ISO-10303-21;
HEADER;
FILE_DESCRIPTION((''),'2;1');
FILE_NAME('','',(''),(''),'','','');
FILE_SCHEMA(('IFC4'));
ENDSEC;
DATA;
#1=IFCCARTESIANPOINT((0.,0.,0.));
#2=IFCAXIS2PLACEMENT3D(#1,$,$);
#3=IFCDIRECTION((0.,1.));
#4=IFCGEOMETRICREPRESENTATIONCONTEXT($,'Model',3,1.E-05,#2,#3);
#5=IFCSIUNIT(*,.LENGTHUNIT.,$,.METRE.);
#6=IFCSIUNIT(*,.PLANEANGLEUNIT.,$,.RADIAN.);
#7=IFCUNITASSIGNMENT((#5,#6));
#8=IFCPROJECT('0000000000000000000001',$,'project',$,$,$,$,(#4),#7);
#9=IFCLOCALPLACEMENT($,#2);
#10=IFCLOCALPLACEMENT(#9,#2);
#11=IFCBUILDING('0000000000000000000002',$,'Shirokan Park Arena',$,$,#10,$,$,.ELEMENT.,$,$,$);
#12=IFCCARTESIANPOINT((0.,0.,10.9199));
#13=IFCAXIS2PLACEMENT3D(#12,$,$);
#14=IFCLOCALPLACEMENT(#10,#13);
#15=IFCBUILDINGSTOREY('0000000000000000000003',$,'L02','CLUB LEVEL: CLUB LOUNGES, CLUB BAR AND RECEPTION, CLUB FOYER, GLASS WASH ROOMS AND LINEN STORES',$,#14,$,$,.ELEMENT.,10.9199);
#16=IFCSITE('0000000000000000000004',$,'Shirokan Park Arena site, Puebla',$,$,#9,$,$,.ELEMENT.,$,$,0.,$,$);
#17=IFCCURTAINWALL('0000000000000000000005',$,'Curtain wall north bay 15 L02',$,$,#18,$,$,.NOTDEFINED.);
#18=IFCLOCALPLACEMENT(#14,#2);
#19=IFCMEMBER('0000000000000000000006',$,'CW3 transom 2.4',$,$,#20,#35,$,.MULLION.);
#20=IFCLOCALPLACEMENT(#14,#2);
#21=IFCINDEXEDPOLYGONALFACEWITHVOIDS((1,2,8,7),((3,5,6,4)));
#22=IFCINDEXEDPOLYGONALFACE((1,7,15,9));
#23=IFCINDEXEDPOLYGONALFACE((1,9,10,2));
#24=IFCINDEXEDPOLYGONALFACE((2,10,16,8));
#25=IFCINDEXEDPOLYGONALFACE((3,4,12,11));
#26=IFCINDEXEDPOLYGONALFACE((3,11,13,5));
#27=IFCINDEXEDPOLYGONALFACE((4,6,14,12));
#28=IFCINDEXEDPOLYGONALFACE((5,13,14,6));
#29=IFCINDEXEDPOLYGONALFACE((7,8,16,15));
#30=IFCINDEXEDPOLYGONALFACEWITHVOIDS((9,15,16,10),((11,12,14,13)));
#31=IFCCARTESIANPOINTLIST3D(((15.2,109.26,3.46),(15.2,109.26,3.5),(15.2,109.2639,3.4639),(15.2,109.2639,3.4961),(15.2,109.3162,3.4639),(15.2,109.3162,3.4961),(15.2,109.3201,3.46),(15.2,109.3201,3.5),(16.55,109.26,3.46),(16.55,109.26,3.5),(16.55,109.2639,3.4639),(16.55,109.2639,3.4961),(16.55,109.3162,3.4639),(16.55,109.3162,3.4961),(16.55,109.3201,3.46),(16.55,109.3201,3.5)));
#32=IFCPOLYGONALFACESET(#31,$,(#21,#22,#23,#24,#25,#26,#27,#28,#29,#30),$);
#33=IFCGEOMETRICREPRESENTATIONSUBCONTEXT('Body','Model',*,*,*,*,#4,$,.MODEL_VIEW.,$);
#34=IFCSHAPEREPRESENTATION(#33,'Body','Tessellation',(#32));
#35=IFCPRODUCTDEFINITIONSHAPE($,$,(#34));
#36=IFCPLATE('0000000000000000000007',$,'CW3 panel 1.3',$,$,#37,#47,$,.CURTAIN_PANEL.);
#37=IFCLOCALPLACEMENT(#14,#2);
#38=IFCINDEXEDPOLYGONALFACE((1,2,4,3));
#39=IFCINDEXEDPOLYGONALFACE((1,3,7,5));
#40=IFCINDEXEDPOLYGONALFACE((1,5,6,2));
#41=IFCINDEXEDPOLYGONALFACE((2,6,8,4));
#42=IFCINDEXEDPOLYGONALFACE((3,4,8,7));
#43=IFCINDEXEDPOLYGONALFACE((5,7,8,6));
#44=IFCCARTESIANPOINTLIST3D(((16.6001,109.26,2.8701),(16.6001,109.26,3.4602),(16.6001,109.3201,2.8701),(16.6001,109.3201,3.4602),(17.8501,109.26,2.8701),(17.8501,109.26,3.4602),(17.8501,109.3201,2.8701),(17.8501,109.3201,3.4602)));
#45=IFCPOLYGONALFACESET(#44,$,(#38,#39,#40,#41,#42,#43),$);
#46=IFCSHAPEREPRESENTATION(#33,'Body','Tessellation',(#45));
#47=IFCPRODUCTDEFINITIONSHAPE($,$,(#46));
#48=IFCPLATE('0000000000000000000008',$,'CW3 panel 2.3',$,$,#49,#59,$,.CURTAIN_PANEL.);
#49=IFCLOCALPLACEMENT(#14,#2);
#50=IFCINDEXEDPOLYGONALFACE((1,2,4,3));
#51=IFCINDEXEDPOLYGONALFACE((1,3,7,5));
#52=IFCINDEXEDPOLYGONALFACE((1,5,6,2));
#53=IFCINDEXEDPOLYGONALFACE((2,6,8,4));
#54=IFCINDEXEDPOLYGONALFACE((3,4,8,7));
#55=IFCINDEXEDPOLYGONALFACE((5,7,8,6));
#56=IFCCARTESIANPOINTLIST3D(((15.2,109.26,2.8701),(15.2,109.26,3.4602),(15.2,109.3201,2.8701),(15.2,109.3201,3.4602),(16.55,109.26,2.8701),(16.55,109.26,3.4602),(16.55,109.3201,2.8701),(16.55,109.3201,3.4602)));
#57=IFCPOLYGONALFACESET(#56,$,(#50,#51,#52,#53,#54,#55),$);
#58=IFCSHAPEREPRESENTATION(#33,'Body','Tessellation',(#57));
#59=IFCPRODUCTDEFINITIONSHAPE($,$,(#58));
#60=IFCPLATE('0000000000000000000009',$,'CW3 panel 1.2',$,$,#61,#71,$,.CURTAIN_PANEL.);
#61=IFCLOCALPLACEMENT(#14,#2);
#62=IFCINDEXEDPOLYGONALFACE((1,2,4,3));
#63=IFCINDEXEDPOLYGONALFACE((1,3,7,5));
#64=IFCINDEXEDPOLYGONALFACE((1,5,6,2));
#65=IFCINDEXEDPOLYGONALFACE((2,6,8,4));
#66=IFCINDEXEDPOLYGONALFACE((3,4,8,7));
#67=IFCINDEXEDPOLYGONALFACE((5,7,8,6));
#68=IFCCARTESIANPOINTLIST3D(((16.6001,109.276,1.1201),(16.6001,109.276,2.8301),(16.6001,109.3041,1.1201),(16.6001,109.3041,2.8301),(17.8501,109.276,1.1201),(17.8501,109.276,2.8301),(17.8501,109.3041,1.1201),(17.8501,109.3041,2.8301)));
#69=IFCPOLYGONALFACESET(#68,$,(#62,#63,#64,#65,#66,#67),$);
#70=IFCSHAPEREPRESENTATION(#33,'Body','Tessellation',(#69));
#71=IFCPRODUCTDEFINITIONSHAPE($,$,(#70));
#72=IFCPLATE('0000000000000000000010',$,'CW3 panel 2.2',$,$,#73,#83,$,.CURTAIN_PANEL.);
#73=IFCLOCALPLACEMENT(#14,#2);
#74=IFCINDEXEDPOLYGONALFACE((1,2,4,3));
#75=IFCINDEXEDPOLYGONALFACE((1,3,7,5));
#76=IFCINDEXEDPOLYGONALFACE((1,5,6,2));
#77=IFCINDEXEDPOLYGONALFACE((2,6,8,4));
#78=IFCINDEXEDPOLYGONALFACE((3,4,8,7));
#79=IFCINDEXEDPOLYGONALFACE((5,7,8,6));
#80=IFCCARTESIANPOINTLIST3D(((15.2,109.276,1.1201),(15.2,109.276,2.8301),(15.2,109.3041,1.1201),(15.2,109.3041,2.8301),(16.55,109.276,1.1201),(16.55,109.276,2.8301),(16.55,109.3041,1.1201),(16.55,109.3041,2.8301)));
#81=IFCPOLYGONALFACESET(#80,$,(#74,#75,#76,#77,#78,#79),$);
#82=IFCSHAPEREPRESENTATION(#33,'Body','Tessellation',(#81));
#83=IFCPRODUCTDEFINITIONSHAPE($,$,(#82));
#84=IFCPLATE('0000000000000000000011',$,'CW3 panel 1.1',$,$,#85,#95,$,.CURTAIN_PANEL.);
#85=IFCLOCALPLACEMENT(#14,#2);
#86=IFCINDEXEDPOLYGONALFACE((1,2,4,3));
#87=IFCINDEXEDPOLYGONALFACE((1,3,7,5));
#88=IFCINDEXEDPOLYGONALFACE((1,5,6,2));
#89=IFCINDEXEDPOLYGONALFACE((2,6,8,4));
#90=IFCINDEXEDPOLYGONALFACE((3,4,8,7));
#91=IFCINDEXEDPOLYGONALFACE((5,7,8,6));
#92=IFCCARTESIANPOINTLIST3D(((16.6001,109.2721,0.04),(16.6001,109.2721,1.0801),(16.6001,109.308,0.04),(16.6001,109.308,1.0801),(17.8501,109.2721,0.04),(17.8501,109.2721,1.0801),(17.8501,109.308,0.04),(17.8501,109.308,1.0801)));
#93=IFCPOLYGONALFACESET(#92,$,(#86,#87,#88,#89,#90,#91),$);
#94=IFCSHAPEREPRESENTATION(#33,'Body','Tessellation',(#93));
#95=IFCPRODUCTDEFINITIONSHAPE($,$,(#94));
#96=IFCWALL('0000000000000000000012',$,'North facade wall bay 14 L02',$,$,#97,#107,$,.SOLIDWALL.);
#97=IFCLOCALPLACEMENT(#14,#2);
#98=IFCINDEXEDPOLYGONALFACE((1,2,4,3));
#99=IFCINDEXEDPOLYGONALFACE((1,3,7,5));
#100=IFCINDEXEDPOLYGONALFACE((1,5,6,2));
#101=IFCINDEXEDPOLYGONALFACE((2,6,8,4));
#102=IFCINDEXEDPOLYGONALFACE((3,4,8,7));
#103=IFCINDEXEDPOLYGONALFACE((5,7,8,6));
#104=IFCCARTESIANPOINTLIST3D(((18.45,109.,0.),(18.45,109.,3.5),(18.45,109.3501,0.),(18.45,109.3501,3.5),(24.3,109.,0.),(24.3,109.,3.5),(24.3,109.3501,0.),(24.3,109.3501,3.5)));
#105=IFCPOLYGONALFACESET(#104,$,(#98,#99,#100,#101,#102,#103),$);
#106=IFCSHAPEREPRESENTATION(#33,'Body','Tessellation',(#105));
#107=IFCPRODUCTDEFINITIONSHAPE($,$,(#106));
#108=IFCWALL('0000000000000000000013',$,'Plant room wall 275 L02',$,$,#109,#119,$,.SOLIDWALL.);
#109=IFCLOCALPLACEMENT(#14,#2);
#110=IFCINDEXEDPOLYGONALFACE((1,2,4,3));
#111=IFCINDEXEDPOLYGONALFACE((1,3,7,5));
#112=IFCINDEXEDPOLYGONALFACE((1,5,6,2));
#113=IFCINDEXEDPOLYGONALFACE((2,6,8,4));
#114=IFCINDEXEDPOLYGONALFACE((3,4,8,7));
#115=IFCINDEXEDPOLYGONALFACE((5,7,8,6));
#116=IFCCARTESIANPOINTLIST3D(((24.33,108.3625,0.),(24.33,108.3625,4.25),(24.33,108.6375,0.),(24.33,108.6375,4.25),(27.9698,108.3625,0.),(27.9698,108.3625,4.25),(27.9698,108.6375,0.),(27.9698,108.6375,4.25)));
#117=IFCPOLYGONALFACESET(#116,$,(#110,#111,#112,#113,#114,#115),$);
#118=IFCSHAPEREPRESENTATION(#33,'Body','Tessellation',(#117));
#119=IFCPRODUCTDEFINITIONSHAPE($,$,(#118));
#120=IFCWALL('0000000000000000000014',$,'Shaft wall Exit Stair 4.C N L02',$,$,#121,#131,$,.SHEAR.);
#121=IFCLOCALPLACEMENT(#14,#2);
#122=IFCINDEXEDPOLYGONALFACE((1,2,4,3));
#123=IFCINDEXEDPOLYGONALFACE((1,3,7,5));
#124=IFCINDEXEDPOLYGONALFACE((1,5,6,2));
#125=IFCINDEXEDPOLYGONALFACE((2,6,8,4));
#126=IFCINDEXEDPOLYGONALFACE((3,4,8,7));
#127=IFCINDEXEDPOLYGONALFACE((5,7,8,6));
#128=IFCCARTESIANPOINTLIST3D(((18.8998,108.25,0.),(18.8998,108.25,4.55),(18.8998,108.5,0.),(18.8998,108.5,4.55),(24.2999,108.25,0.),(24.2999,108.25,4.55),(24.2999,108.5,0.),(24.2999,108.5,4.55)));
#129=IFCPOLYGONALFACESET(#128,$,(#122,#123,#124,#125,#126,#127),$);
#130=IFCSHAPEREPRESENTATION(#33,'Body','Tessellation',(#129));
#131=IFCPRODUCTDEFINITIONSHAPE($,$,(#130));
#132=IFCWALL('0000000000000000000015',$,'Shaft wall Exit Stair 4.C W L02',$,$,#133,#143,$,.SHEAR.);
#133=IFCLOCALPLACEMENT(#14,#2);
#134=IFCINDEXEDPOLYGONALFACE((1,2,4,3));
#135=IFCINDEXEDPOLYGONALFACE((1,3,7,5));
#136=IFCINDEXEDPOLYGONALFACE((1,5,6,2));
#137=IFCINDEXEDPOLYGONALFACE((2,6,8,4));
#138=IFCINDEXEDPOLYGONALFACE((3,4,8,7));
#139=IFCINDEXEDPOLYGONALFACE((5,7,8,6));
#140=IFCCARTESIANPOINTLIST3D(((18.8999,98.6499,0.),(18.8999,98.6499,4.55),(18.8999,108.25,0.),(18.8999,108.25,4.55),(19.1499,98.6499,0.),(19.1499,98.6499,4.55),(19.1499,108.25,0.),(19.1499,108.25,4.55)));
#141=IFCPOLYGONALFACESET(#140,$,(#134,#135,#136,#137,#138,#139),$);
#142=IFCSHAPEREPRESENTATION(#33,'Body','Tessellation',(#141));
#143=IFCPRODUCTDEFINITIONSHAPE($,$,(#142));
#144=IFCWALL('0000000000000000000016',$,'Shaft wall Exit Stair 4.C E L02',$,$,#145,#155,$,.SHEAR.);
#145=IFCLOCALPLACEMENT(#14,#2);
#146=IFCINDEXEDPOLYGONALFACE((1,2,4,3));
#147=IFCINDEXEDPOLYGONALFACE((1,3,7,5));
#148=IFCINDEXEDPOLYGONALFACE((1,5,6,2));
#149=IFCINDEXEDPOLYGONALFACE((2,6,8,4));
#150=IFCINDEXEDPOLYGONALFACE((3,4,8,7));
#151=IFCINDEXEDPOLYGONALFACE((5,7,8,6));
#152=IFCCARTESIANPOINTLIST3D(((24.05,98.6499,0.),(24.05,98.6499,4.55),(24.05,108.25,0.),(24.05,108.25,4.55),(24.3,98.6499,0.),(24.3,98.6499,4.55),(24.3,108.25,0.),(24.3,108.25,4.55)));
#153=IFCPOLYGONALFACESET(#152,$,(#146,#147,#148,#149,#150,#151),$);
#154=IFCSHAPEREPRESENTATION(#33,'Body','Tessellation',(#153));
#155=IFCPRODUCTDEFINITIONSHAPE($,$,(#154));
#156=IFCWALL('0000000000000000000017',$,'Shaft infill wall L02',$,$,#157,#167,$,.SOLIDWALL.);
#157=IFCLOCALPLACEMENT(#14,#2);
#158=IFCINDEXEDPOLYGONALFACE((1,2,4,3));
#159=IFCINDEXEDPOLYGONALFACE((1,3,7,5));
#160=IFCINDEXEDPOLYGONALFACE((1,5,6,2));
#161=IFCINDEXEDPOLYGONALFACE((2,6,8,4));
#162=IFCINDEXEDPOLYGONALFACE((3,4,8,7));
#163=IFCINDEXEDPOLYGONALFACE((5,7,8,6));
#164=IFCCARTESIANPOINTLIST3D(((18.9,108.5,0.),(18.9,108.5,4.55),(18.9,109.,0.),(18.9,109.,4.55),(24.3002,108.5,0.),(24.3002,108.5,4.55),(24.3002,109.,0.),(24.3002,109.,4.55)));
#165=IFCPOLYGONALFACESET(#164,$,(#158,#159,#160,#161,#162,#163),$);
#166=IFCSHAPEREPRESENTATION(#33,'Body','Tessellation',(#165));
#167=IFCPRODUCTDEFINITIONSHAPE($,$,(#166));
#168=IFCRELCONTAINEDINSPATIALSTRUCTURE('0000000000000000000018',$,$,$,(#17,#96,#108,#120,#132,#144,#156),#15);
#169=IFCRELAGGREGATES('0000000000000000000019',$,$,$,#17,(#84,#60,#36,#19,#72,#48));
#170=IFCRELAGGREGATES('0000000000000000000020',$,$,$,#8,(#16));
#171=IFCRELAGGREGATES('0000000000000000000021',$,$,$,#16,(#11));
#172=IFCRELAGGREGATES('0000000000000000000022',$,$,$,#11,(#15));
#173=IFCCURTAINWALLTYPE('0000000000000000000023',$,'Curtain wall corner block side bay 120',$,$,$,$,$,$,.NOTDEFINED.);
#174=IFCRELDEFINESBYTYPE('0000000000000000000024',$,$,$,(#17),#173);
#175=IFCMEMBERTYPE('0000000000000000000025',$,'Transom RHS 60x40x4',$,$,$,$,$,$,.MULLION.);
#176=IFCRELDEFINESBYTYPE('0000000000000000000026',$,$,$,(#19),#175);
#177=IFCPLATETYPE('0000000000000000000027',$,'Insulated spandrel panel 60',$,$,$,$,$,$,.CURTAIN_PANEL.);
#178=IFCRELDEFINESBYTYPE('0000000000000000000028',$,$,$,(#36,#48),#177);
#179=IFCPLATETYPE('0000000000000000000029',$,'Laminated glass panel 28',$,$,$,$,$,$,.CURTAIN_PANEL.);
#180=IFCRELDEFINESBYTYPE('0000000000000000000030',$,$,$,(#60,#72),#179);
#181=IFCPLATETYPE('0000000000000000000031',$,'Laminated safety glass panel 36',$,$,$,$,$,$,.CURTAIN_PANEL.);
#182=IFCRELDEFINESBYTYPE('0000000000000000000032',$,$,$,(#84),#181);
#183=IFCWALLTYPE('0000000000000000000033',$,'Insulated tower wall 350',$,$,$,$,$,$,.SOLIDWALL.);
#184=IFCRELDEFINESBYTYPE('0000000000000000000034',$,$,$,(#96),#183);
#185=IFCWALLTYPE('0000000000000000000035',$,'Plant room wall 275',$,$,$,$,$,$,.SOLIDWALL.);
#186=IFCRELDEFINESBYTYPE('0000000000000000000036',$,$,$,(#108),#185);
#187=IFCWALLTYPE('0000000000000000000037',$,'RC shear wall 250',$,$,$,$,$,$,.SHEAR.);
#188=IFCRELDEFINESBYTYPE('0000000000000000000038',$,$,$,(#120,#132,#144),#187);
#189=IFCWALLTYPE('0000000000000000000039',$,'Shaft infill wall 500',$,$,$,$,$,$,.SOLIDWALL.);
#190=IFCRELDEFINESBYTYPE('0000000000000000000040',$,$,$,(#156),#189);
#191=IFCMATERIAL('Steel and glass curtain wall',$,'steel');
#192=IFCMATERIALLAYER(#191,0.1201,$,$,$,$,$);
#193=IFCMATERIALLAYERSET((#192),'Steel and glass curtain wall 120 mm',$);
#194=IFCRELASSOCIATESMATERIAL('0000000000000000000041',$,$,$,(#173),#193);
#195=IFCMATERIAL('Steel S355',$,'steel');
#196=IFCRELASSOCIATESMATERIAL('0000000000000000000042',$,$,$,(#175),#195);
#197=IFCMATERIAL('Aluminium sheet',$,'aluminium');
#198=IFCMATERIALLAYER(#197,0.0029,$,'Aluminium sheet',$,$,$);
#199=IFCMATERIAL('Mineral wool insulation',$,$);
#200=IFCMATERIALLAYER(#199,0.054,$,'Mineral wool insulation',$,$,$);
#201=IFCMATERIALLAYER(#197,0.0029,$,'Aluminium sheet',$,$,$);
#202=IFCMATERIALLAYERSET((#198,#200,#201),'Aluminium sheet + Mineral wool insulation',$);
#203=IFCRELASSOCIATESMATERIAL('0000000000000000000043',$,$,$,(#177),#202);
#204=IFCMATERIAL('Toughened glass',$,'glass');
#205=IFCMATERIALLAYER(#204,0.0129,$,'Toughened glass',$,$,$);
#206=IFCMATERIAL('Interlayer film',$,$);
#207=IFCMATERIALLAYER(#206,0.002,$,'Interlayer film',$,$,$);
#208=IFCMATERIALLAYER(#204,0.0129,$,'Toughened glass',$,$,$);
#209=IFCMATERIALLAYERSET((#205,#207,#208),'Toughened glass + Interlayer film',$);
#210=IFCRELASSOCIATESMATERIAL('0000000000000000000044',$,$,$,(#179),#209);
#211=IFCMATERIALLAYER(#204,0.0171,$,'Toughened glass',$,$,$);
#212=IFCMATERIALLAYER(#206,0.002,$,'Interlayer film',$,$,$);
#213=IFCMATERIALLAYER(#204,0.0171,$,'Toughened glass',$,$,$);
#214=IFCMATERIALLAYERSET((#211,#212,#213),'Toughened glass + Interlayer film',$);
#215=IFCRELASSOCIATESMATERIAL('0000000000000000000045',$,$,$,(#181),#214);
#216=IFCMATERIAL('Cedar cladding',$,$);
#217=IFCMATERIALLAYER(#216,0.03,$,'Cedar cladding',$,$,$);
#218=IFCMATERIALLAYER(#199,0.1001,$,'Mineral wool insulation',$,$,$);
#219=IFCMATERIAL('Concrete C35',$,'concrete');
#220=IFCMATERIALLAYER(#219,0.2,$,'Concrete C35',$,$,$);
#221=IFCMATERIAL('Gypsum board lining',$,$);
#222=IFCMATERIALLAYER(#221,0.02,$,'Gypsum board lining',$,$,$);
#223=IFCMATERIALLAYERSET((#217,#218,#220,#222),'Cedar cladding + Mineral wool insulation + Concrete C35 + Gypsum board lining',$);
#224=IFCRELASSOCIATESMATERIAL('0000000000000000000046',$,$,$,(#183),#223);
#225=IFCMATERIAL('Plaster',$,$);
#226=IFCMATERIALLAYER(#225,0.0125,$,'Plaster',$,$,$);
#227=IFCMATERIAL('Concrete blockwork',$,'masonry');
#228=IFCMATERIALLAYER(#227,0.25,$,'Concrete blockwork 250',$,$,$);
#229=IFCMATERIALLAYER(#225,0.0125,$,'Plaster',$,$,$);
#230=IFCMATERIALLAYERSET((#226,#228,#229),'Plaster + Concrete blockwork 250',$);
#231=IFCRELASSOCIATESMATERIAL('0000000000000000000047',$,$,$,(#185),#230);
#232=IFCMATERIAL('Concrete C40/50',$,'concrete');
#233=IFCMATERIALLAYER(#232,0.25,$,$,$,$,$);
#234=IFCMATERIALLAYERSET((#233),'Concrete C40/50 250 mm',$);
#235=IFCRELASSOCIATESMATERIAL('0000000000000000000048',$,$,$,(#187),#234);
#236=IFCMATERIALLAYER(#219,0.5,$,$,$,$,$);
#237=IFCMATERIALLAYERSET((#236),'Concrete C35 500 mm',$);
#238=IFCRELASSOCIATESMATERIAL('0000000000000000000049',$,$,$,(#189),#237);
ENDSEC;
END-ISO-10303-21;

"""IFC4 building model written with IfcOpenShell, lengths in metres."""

from ifc_helpers import new_model, si_unit, direction, frame, frame_2d, origin, origin_2d, place, context, subcontext, project, spatial, rectangle, hollow_rectangle, extrude, material, layer, layer_set, material_profile, profile_set, type_object, element, aggregate, save


model = new_model("IFC4")

# Units and contexts
model_context = context("Model", 3, precision=1e-05, world=origin(), true_north=direction((0.0, 1.0)))
body_context = subcontext(model_context, "Body", "Model", "MODEL_VIEW")
ifc_project = project(units=[si_unit("LENGTHUNIT", "METRE"), si_unit("PLANEANGLEUNIT", "RADIAN")], contexts=[model_context])

# Site, building, storey
site_placement = place(None, origin())
site = spatial("IfcSite", under=ifc_project, at=site_placement, Name="Shirokan Park Arena site, Puebla", CompositionType="ELEMENT", RefElevation=0.0)
building_placement = place(site_placement, origin())
building = spatial("IfcBuilding", under=site, at=building_placement, Name="Shirokan Park Arena", CompositionType="ELEMENT")
storey_placement = place(building_placement, frame((0.0, 0.0, 10.9199)))
storey = spatial("IfcBuildingStorey", under=building, at=storey_placement, Name="L02", Description="CLUB LEVEL: CLUB LOUNGES, CLUB BAR AND RECEPTION, CLUB FOYER, GLASS WASH ROOMS AND LINEN STORES", CompositionType="ELEMENT", Elevation=10.9199)

# Shared definitions
ifc_material_1 = material(Name="Concrete C35", Category="concrete")

# Curtain wall
ifc_material_2 = material(Name="Steel and glass curtain wall", Category="steel")
ifc_layer_1 = layer(ifc_material_2, 0.1201)
ifc_layer_set_1 = layer_set([ifc_layer_1], Name="Steel and glass curtain wall 120 mm")
curtain_wall_type = type_object("IfcCurtainWallType", Name="Curtain wall corner block side bay 120", PredefinedType="NOTDEFINED", material=ifc_layer_set_1)
curtain_wall_placement = place(storey_placement, origin())
curtain_wall = element("IfcCurtainWall", 1, at=curtain_wall_placement, inside=storey, type_object=curtain_wall_type, Name="Curtain wall north bay 15 L02", PredefinedType="NOTDEFINED")
ifc_material_3 = material(Name="Steel S355", Category="steel")

# Member
ifc_material_profile_1 = material_profile(ifc_material_3, hollow_rectangle(XDim=0.0601, YDim=0.04, WallThickness=0.0039, at=origin_2d()), Name="RHS 60x40x4")
ifc_profile_set_1 = profile_set([ifc_material_profile_1], Name="Steel S355")
member_type_1 = type_object("IfcMemberType", Name="Transom RHS 60x40x4", PredefinedType="MULLION", material=ifc_profile_set_1)
member_1_placement = place(storey_placement, frame((16.55, 109.29, 3.48), z_axis=(-1.0, 0.0, 0.0), x_axis=(0.0, -1.0, 0.0)))
member_1 = element("IfcMember", 2, at=member_1_placement, type_object=member_type_1, Name="CW3 transom 2.4", PredefinedType="MULLION", context=body_context, shape_type="SweptSolid", body=[
    extrude(hollow_rectangle(XDim=0.0601, YDim=0.04, WallThickness=0.0039, at=origin_2d()), origin(), (0.0, 0.0, 1.0), 1.3501),
])

# Plates
ifc_material_4 = material(Name="Aluminium sheet", Category="aluminium")
ifc_layer_2 = layer(ifc_material_4, 0.0029, Name="Aluminium sheet")
ifc_material_5 = material(Name="Mineral wool insulation")
ifc_layer_3 = layer(ifc_material_5, 0.054, Name="Mineral wool insulation")
ifc_layer_4 = layer(ifc_material_4, 0.0029, Name="Aluminium sheet")
ifc_layer_set_2 = layer_set([ifc_layer_2, ifc_layer_3, ifc_layer_4], Name="Aluminium sheet + Mineral wool insulation")
plate_type_1 = type_object("IfcPlateType", Name="Insulated spandrel panel 60", PredefinedType="CURTAIN_PANEL", material=ifc_layer_set_2)
plate_1_placement = place(storey_placement, frame((17.2251, 109.29, 2.8701), z_axis=(0.0, 0.0, 1.0), x_axis=(-1.0, 0.0, 0.0)))
plate_1 = element("IfcPlate", 3, at=plate_1_placement, type_object=plate_type_1, Name="CW3 panel 1.3", PredefinedType="CURTAIN_PANEL", context=body_context, shape_type="SweptSolid", body=[
    extrude(rectangle(XDim=1.25, YDim=0.0601, at=origin_2d()), origin(), (0.0, 0.0, 1.0), 0.5901),
])
plate_2_placement = place(storey_placement, frame((15.875, 109.29, 2.8701), z_axis=(0.0, 0.0, 1.0), x_axis=(-1.0, 0.0, 0.0)))
plate_2 = element("IfcPlate", 4, at=plate_2_placement, type_object=plate_type_1, Name="CW3 panel 2.3", PredefinedType="CURTAIN_PANEL", context=body_context, shape_type="SweptSolid", body=[
    extrude(rectangle(XDim=1.3501, YDim=0.0601, at=origin_2d()), origin(), (0.0, 0.0, 1.0), 0.5901),
])
ifc_material_6 = material(Name="Toughened glass", Category="glass")
ifc_layer_5 = layer(ifc_material_6, 0.0129, Name="Toughened glass")
ifc_material_7 = material(Name="Interlayer film")
ifc_layer_6 = layer(ifc_material_7, 0.002, Name="Interlayer film")
ifc_layer_7 = layer(ifc_material_6, 0.0129, Name="Toughened glass")
ifc_layer_set_3 = layer_set([ifc_layer_5, ifc_layer_6, ifc_layer_7], Name="Toughened glass + Interlayer film")
plate_type_2 = type_object("IfcPlateType", Name="Laminated glass panel 28", PredefinedType="CURTAIN_PANEL", material=ifc_layer_set_3)
plate_3_placement = place(storey_placement, frame((17.2251, 109.29, 1.1201), z_axis=(0.0, 0.0, 1.0), x_axis=(-1.0, 0.0, 0.0)))
plate_3 = element("IfcPlate", 5, at=plate_3_placement, type_object=plate_type_2, Name="CW3 panel 1.2", PredefinedType="CURTAIN_PANEL", context=body_context, shape_type="SweptSolid", body=[
    extrude(rectangle(XDim=1.25, YDim=0.0281, at=origin_2d()), origin(), (0.0, 0.0, 1.0), 1.71),
])
plate_4_placement = place(storey_placement, frame((15.875, 109.29, 1.1201), z_axis=(0.0, 0.0, 1.0), x_axis=(-1.0, 0.0, 0.0)))
plate_4 = element("IfcPlate", 6, at=plate_4_placement, type_object=plate_type_2, Name="CW3 panel 2.2", PredefinedType="CURTAIN_PANEL", context=body_context, shape_type="SweptSolid", body=[
    extrude(rectangle(XDim=1.3501, YDim=0.0281, at=origin_2d()), origin(), (0.0, 0.0, 1.0), 1.71),
])
ifc_layer_8 = layer(ifc_material_6, 0.0171, Name="Toughened glass")
ifc_layer_9 = layer(ifc_material_7, 0.002, Name="Interlayer film")
ifc_layer_10 = layer(ifc_material_6, 0.0171, Name="Toughened glass")
ifc_layer_set_4 = layer_set([ifc_layer_8, ifc_layer_9, ifc_layer_10], Name="Toughened glass + Interlayer film")
plate_type_3 = type_object("IfcPlateType", Name="Laminated safety glass panel 36", PredefinedType="CURTAIN_PANEL", material=ifc_layer_set_4)
plate_5_placement = place(storey_placement, frame((17.2251, 109.29, 0.04), z_axis=(0.0, 0.0, 1.0), x_axis=(-1.0, 0.0, 0.0)))
plate_5 = element("IfcPlate", 7, at=plate_5_placement, type_object=plate_type_3, Name="CW3 panel 1.1", PredefinedType="CURTAIN_PANEL", context=body_context, shape_type="SweptSolid", body=[
    extrude(rectangle(XDim=1.25, YDim=0.0359, at=origin_2d()), origin(), (0.0, 0.0, 1.0), 1.04),
])
aggregate(curtain_wall, [plate_5, plate_3, plate_1, member_1, plate_4, plate_2])

# Walls
ifc_material_8 = material(Name="Cedar cladding")
ifc_layer_11 = layer(ifc_material_8, 0.03, Name="Cedar cladding")
ifc_layer_12 = layer(ifc_material_5, 0.1001, Name="Mineral wool insulation")
ifc_layer_13 = layer(ifc_material_1, 0.2, Name="Concrete C35")
ifc_material_9 = material(Name="Gypsum board lining")
ifc_layer_14 = layer(ifc_material_9, 0.02, Name="Gypsum board lining")
ifc_layer_set_5 = layer_set([ifc_layer_11, ifc_layer_12, ifc_layer_13, ifc_layer_14], Name="Cedar cladding + Mineral wool insulation + Concrete C35 + Gypsum board lining")
wall_type_1 = type_object("IfcWallType", Name="Insulated tower wall 350", PredefinedType="SOLIDWALL", material=ifc_layer_set_5)
wall_1_placement = place(storey_placement, frame((24.3, 109.175, 0.0), z_axis=(0.0, 0.0, 1.0), x_axis=(-1.0, 0.0, 0.0)))
element("IfcWall", 8, at=wall_1_placement, inside=storey, type_object=wall_type_1, Name="North facade wall bay 14 L02", PredefinedType="SOLIDWALL", context=body_context, shape_type="SweptSolid", body=[
    extrude(rectangle(XDim=5.8501, YDim=0.3501, at=frame_2d((2.925, 0.0))), origin(), (0.0, 0.0, 1.0), 3.5),
])
ifc_material_10 = material(Name="Plaster")
ifc_layer_15 = layer(ifc_material_10, 0.0125, Name="Plaster")
ifc_material_11 = material(Name="Concrete blockwork", Category="masonry")
ifc_layer_16 = layer(ifc_material_11, 0.25, Name="Concrete blockwork 250")
ifc_layer_17 = layer(ifc_material_10, 0.0125, Name="Plaster")
ifc_layer_set_6 = layer_set([ifc_layer_15, ifc_layer_16, ifc_layer_17], Name="Plaster + Concrete blockwork 250")
wall_type_2 = type_object("IfcWallType", Name="Plant room wall 275", PredefinedType="SOLIDWALL", material=ifc_layer_set_6)
wall_2_placement = place(storey_placement, frame((24.3301, 108.5, 0.0), z_axis=(0.0, 0.0, 1.0), x_axis=(1.0, 0.0, 0.0)))
element("IfcWall", 9, at=wall_2_placement, inside=storey, type_object=wall_type_2, Name="Plant room wall 275 L02", PredefinedType="SOLIDWALL", context=body_context, shape_type="SweptSolid", body=[
    extrude(rectangle(XDim=3.6399, YDim=0.2749, at=frame_2d((1.8198, 0.0))), origin(), (0.0, 0.0, 1.0), 4.25),
])
ifc_material_12 = material(Name="Concrete C40/50", Category="concrete")
ifc_layer_18 = layer(ifc_material_12, 0.25)
ifc_layer_set_7 = layer_set([ifc_layer_18], Name="Concrete C40/50 250 mm")
wall_type_3 = type_object("IfcWallType", Name="RC shear wall 250", PredefinedType="SHEAR", material=ifc_layer_set_7)
wall_3_placement = place(storey_placement, frame((24.3, 108.375, 0.0), z_axis=(0.0, 0.0, 1.0), x_axis=(-1.0, 0.0, 0.0)))
element("IfcWall", 10, at=wall_3_placement, inside=storey, type_object=wall_type_3, Name="Shaft wall Exit Stair 4.C N L02", PredefinedType="SHEAR", context=body_context, shape_type="SweptSolid", body=[
    extrude(rectangle(XDim=5.4001, YDim=0.25, at=frame_2d((2.7002, 0.0))), origin(), (0.0, 0.0, 1.0), 4.55),
])
for number, where, z_axis, x_axis, name in (
    (11, (19.0249, 108.25, 0.0), (0.0, 0.0, 1.0), (0.0, -1.0, 0.0), "Shaft wall Exit Stair 4.C W L02"),
    (12, (24.175, 108.25, 0.0), (0.0, 0.0, 1.0), (0.0, -1.0, 0.0), "Shaft wall Exit Stair 4.C E L02"),
):
    element("IfcWall", number, at=place(storey_placement, frame(where, z_axis=z_axis, x_axis=x_axis)), inside=storey, type_object=wall_type_3, Name=name, PredefinedType="SHEAR", context=body_context, shape_type="SweptSolid", body=[
        extrude(rectangle(XDim=9.6001, YDim=0.25, at=frame_2d((4.8, 0.0))), origin(), (0.0, 0.0, 1.0), 4.55),
    ])
ifc_layer_19 = layer(ifc_material_1, 0.5)
ifc_layer_set_8 = layer_set([ifc_layer_19], Name="Concrete C35 500 mm")
wall_type_4 = type_object("IfcWallType", Name="Shaft infill wall 500", PredefinedType="SOLIDWALL", material=ifc_layer_set_8)
wall_4_placement = place(storey_placement, frame((18.8999, 108.75, 0.0), z_axis=(0.0, 0.0, 1.0), x_axis=(1.0, 0.0, 0.0)))
element("IfcWall", 13, at=wall_4_placement, inside=storey, type_object=wall_type_4, Name="Shaft infill wall L02", PredefinedType="SOLIDWALL", context=body_context, shape_type="SweptSolid", body=[
    extrude(rectangle(XDim=5.4001, YDim=0.5, at=frame_2d((2.7002, 0.0))), origin(), (0.0, 0.0, 1.0), 4.55),
])

save(model, "model.ifc")
